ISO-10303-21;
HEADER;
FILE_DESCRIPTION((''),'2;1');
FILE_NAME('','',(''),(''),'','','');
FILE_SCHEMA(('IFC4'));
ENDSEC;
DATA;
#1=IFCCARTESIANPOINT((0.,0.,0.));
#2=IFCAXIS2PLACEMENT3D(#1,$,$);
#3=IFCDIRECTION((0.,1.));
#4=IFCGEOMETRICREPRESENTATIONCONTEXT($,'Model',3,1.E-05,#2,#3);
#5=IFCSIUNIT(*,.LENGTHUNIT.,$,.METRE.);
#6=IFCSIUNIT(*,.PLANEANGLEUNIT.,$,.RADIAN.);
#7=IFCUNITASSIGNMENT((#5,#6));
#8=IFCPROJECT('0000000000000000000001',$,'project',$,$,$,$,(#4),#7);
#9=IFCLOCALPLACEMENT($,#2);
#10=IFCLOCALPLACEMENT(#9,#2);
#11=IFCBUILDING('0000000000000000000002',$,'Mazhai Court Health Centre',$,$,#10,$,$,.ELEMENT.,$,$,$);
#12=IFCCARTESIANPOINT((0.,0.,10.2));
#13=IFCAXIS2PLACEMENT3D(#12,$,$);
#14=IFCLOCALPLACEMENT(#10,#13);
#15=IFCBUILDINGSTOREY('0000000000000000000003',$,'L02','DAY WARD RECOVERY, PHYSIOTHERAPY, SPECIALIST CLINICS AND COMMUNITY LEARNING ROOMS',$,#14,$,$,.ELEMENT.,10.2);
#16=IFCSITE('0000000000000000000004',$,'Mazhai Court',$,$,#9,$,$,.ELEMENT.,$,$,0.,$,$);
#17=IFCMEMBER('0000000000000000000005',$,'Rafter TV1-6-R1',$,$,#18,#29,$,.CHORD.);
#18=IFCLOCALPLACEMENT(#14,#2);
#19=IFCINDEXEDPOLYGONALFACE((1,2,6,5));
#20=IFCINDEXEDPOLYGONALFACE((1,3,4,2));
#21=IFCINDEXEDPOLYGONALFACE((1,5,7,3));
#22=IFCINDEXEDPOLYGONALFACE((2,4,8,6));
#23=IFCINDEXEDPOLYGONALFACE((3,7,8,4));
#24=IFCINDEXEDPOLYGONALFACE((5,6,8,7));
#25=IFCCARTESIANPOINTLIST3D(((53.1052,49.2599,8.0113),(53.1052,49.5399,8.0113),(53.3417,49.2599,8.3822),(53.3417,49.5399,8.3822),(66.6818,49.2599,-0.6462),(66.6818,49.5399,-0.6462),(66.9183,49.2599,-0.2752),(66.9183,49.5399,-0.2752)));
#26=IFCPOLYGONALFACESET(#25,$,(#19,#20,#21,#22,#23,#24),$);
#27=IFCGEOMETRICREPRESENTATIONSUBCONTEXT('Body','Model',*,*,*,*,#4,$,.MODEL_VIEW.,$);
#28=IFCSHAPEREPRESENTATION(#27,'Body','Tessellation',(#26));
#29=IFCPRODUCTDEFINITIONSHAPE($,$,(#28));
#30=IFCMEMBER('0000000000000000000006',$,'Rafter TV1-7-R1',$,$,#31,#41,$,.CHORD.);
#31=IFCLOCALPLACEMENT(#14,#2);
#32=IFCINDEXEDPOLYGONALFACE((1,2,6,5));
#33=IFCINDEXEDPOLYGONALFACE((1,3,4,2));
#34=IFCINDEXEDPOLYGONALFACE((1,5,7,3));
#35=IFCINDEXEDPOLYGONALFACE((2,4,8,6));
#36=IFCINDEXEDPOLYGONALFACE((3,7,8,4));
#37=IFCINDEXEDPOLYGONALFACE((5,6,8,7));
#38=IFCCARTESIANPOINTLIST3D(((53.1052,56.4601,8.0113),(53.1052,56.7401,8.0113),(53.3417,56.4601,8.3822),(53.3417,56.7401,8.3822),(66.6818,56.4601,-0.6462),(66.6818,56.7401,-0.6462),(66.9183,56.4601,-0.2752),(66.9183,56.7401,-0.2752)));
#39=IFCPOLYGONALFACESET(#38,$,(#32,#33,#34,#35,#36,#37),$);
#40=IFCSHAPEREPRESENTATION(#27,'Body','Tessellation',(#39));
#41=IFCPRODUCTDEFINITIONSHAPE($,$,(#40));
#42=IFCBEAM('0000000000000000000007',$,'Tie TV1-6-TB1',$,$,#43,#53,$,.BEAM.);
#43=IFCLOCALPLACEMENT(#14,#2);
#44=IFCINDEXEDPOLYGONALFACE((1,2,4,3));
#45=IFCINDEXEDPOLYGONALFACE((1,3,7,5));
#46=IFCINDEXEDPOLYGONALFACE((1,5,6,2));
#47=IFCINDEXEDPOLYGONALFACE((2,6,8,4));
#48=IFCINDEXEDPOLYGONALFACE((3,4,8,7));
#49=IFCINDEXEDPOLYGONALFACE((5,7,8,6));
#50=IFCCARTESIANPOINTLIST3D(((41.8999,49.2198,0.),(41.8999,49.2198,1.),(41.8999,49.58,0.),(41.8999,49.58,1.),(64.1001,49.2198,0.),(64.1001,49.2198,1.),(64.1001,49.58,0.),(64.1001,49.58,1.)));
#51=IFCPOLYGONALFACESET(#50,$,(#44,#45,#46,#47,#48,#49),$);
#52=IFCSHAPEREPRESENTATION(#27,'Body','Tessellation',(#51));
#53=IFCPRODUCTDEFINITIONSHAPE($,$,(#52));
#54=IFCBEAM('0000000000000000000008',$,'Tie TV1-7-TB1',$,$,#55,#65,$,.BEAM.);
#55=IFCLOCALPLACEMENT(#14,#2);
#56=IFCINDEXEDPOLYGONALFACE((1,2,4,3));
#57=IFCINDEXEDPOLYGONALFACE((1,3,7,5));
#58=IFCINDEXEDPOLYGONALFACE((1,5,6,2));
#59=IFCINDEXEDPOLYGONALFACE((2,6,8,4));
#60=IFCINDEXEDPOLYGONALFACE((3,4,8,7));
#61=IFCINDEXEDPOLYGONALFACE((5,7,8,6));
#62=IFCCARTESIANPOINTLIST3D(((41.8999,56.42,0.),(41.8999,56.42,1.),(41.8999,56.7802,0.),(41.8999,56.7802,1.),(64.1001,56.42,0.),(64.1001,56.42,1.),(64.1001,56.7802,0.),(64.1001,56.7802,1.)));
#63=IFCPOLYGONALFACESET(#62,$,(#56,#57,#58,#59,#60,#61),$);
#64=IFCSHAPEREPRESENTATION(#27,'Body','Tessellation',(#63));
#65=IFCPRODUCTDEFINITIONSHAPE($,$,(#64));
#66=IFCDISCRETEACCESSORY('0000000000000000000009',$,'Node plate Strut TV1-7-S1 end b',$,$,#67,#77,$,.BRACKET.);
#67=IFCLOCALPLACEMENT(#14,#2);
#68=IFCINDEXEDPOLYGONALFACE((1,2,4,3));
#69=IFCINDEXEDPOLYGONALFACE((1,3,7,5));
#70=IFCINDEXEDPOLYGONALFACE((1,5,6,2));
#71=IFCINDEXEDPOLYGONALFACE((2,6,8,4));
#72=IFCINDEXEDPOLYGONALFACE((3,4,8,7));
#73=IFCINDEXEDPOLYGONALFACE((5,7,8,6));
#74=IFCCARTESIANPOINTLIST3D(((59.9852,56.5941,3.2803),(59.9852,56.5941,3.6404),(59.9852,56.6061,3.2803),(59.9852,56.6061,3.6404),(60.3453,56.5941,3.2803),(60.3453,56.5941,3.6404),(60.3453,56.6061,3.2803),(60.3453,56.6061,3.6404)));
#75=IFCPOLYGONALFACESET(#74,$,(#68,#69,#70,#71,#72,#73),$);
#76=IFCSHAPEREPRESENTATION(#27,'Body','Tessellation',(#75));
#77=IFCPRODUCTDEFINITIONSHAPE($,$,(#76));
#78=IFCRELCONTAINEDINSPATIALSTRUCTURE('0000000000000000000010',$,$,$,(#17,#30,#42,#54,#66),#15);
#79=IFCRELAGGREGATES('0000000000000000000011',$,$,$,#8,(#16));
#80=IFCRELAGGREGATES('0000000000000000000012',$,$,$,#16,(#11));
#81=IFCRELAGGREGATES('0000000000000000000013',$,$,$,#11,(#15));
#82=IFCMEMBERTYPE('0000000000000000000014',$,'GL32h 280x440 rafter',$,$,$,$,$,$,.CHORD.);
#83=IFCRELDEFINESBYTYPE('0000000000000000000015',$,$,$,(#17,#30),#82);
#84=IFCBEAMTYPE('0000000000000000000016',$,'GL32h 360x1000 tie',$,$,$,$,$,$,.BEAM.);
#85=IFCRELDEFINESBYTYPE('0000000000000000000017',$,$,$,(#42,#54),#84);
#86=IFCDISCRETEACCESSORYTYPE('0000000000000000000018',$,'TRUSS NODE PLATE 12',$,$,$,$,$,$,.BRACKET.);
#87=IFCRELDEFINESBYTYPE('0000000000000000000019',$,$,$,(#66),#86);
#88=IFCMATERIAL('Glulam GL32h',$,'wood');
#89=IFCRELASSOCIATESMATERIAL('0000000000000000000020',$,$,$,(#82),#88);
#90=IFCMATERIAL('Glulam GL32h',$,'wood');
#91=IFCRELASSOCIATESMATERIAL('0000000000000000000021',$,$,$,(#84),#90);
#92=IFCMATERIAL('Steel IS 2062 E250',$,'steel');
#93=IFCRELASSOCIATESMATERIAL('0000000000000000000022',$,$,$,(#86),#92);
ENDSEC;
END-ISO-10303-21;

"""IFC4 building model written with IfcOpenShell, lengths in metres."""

from ifc_helpers import new_model, si_unit, direction, frame, origin, origin_2d, place, context, subcontext, project, spatial, rectangle, extrude, material, material_profile, profile_set, type_object, element, save


model = new_model("IFC4")

# Units and contexts
model_context = context("Model", 3, precision=1e-05, world=origin(), true_north=direction((0.0, 1.0)))
body_context = subcontext(model_context, "Body", "Model", "MODEL_VIEW")
ifc_project = project(units=[si_unit("LENGTHUNIT", "METRE"), si_unit("PLANEANGLEUNIT", "RADIAN")], contexts=[model_context])

# Site, building, storey
site_placement = place(None, origin())
site = spatial("IfcSite", under=ifc_project, at=site_placement, Name="Mazhai Court", CompositionType="ELEMENT", RefElevation=0.0)
building_placement = place(site_placement, origin())
building = spatial("IfcBuilding", under=site, at=building_placement, Name="Mazhai Court Health Centre", CompositionType="ELEMENT")
storey_placement = place(building_placement, frame((0.0, 0.0, 10.2)))
storey = spatial("IfcBuildingStorey", under=building, at=storey_placement, Name="L02", Description="DAY WARD RECOVERY, PHYSIOTHERAPY, SPECIALIST CLINICS AND COMMUNITY LEARNING ROOMS", CompositionType="ELEMENT", Elevation=10.2)

# Members
ifc_material_1 = material(Name="Glulam GL32h", Category="wood")
ifc_material_profile_1 = material_profile(ifc_material_1, rectangle(XDim=0.28, YDim=0.4399, at=origin_2d()), Name="GL32h 280x440")
ifc_profile_set_1 = profile_set([ifc_material_profile_1], Name="Glulam GL32h")
member_type_1 = type_object("IfcMemberType", Name="GL32h 280x440 rafter", PredefinedType="CHORD", material=ifc_profile_set_1)
for number, where, z_axis, x_axis, name in (
    (1, (66.8, 49.3999, -0.4607), (-0.843161, 0.0, 0.537661), (0.0, -1.0, 0.0), "Rafter TV1-6-R1"),
    (2, (66.8, 56.6001, -0.4607), (-0.843161, 0.0, 0.537661), (0.0, -1.0, 0.0), "Rafter TV1-7-R1"),
):
    element("IfcMember", number, at=place(storey_placement, frame(where, z_axis=z_axis, x_axis=x_axis)), inside=storey, type_object=member_type_1, Name=name, PredefinedType="CHORD", context=body_context, shape_type="SweptSolid", body=[
        extrude(rectangle(XDim=0.28, YDim=0.4399, at=origin_2d()), origin(), (0.0, 0.0, 1.0), 16.1021),
    ])

# Beams
ifc_material_2 = material(Name="Glulam GL32h", Category="wood")
ifc_material_profile_2 = material_profile(ifc_material_2, rectangle(XDim=0.3601, YDim=1.0, at=origin_2d()), Name="GL32h 360x1000")
ifc_profile_set_2 = profile_set([ifc_material_profile_2], Name="Glulam GL32h")
beam_type = type_object("IfcBeamType", Name="GL32h 360x1000 tie", PredefinedType="BEAM", material=ifc_profile_set_2)
for number, where, z_axis, x_axis, name in (
    (3, (64.1001, 49.3999, 0.5), (-1.0, 0.0, 0.0), (0.0, -1.0, 0.0), "Tie TV1-6-TB1"),
    (4, (64.1001, 56.6001, 0.5), (-1.0, 0.0, 0.0), (0.0, -1.0, 0.0), "Tie TV1-7-TB1"),
):
    element("IfcBeam", number, at=place(storey_placement, frame(where, z_axis=z_axis, x_axis=x_axis)), inside=storey, type_object=beam_type, Name=name, PredefinedType="BEAM", context=body_context, shape_type="SweptSolid", body=[
        extrude(rectangle(XDim=0.3601, YDim=1.0, at=origin_2d()), origin(), (0.0, 0.0, 1.0), 22.2002),
    ])

# Discrete accessory
ifc_material_3 = material(Name="Steel IS 2062 E250", Category="steel")
discrete_accessory_type = type_object("IfcDiscreteAccessoryType", Name="TRUSS NODE PLATE 12", PredefinedType="BRACKET", material=ifc_material_3)
discrete_accessory_placement = place(storey_placement, frame((60.1653, 56.6001, 3.2803), z_axis=(0.0, 0.0, 1.0), x_axis=(1.0, 0.0, 0.0)))
element("IfcDiscreteAccessory", 5, at=discrete_accessory_placement, inside=storey, type_object=discrete_accessory_type, Name="Node plate Strut TV1-7-S1 end b", PredefinedType="BRACKET", context=body_context, shape_type="SweptSolid", body=[
    extrude(rectangle(XDim=0.3601, YDim=0.012, at=origin_2d()), origin(), (0.0, 0.0, 1.0), 0.3601),
])

save(model, "model.ifc")
